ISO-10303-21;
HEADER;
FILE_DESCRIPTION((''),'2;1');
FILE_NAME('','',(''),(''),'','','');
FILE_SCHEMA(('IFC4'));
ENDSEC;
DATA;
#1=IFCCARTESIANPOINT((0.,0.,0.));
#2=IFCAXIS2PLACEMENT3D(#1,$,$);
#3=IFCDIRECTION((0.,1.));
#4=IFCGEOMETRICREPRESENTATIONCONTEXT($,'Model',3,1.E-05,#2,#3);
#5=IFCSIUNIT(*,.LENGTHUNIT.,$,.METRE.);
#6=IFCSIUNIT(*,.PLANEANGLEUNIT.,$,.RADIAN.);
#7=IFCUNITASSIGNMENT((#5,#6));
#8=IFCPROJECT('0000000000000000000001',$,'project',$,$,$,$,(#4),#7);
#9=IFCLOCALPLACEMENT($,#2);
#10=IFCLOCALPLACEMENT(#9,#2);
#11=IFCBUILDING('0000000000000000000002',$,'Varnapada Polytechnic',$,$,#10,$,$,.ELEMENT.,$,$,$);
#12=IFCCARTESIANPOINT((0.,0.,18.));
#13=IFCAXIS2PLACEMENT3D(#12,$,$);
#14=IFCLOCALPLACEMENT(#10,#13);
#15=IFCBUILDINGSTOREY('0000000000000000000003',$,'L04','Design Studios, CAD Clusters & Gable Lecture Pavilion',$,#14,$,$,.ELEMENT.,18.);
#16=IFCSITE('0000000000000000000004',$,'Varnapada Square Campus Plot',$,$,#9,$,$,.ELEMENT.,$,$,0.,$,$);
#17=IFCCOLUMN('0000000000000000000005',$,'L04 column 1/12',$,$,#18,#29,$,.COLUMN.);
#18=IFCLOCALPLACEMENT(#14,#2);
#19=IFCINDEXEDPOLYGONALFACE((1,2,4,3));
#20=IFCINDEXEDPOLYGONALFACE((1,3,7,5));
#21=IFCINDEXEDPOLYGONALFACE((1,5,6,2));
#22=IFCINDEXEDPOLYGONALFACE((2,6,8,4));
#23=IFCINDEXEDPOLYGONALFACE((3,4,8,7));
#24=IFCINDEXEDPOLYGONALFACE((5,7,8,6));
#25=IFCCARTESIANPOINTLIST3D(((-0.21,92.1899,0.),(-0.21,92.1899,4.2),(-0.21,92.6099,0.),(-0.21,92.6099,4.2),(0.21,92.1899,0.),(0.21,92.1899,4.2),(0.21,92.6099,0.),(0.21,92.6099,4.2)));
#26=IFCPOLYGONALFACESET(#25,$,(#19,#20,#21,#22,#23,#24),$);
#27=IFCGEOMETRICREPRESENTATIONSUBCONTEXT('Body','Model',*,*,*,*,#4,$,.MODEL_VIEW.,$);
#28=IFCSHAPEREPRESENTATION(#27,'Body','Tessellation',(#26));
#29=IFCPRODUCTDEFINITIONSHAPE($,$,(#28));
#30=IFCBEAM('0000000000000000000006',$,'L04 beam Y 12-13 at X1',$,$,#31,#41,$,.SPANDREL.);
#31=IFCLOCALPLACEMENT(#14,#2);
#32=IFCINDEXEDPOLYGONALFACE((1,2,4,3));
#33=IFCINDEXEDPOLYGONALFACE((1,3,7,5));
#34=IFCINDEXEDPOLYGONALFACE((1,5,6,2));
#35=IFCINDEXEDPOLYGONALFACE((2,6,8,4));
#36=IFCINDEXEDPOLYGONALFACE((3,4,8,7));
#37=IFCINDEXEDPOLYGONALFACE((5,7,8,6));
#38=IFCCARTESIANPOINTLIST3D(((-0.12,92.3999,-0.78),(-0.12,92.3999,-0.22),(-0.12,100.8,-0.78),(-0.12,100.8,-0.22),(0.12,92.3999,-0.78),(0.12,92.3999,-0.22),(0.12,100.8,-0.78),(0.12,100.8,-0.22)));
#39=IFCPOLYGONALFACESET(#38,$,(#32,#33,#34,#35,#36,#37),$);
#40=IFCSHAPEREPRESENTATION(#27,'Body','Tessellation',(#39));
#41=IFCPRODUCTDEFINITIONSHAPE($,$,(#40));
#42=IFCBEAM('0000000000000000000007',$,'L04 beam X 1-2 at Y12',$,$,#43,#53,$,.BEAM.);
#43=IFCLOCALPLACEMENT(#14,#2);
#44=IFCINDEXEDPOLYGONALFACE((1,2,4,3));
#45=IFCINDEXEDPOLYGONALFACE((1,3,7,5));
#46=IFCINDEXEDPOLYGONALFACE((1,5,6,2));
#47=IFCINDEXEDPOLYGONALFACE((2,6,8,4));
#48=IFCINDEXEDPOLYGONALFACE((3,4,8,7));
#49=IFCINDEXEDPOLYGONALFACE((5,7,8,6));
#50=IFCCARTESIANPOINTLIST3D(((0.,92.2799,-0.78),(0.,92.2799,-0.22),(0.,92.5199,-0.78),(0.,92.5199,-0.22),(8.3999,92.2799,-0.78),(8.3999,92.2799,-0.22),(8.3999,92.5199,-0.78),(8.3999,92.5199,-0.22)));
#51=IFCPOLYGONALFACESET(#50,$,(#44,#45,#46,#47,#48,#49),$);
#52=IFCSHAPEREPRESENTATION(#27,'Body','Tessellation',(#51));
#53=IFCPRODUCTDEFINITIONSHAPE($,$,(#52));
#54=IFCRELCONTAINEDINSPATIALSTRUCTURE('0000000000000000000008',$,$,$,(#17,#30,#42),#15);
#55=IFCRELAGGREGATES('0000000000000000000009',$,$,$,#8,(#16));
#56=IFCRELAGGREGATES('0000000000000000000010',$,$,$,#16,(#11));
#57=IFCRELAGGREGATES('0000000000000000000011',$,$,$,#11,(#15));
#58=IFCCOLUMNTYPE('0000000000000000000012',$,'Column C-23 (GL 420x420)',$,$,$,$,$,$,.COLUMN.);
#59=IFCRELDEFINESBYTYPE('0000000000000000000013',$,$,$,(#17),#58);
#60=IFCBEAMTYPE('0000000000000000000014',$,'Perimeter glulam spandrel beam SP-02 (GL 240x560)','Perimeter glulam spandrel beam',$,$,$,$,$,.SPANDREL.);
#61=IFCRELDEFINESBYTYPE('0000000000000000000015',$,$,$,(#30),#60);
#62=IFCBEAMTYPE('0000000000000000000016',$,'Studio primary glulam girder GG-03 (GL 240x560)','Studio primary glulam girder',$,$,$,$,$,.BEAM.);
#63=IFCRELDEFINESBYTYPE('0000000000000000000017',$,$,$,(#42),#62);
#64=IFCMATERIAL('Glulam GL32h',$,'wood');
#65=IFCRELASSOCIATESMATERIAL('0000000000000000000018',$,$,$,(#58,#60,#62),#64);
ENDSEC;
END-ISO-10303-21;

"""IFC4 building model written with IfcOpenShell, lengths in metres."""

from ifc_helpers import new_model, si_unit, direction, frame, origin, origin_2d, place, context, subcontext, project, spatial, rectangle, extrude, material, material_profile, profile_set, type_object, element, save


model = new_model("IFC4")

# Units and contexts
model_context = context("Model", 3, precision=1e-05, world=origin(), true_north=direction((0.0, 1.0)))
body_context = subcontext(model_context, "Body", "Model", "MODEL_VIEW")
ifc_project = project(units=[si_unit("LENGTHUNIT", "METRE"), si_unit("PLANEANGLEUNIT", "RADIAN")], contexts=[model_context])

# Site, building, storey
site_placement = place(None, origin())
site = spatial("IfcSite", under=ifc_project, at=site_placement, Name="Varnapada Square Campus Plot", CompositionType="ELEMENT", RefElevation=0.0)
building_placement = place(site_placement, origin())
building = spatial("IfcBuilding", under=site, at=building_placement, Name="Varnapada Polytechnic", CompositionType="ELEMENT")
storey_placement = place(building_placement, frame((0.0, 0.0, 18.0)))
storey = spatial("IfcBuildingStorey", under=building, at=storey_placement, Name="L04", Description="Design Studios, CAD Clusters & Gable Lecture Pavilion", CompositionType="ELEMENT", Elevation=18.0)

# Column
ifc_material_1 = material(Name="Glulam GL32h", Category="wood")
ifc_material_profile_1 = material_profile(ifc_material_1, rectangle(XDim=0.4199, YDim=0.4199, at=origin_2d()), Name="GL 420x420")
ifc_profile_set_1 = profile_set([ifc_material_profile_1], Name="Glulam GL32h")
column_type = type_object("IfcColumnType", Name="Column C-23 (GL 420x420)", PredefinedType="COLUMN", material=ifc_profile_set_1)
column_placement = place(storey_placement, frame((0.0, 92.3999, 0.0), z_axis=(0.0, 0.0, 1.0), x_axis=(1.0, 0.0, 0.0)))
element("IfcColumn", 1, at=column_placement, inside=storey, type_object=column_type, Name="L04 column 1/12", PredefinedType="COLUMN", context=body_context, shape_type="SweptSolid", body=[
    extrude(rectangle(XDim=0.4199, YDim=0.4199, at=origin_2d()), origin(), (0.0, 0.0, 1.0), 4.2),
])

# Beams
ifc_material_profile_2 = material_profile(ifc_material_1, rectangle(XDim=0.24, YDim=0.5601, at=origin_2d()), Name="GL 240x560")
ifc_profile_set_2 = profile_set([ifc_material_profile_2], Name="Glulam GL32h")
beam_type_1 = type_object("IfcBeamType", Name="Perimeter glulam spandrel beam SP-02 (GL 240x560)", Description="Perimeter glulam spandrel beam", PredefinedType="SPANDREL", material=ifc_profile_set_2)
beam_1_placement = place(storey_placement, frame((0.0, 92.3999, -0.5), z_axis=(0.0, 1.0, 0.0), x_axis=(-1.0, 0.0, 0.0)))
element("IfcBeam", 2, at=beam_1_placement, inside=storey, type_object=beam_type_1, Name="L04 beam Y 12-13 at X1", PredefinedType="SPANDREL", context=body_context, shape_type="SweptSolid", body=[
    extrude(rectangle(XDim=0.24, YDim=0.5601, at=origin_2d()), origin(), (0.0, 0.0, 1.0), 8.4001),
])
ifc_material_profile_3 = material_profile(ifc_material_1, rectangle(XDim=0.24, YDim=0.5601, at=origin_2d()), Name="GL 240x560")
ifc_profile_set_3 = profile_set([ifc_material_profile_3], Name="Glulam GL32h")
beam_type_2 = type_object("IfcBeamType", Name="Studio primary glulam girder GG-03 (GL 240x560)", Description="Studio primary glulam girder", PredefinedType="BEAM", material=ifc_profile_set_3)
beam_2_placement = place(storey_placement, frame((0.0, 92.3999, -0.5), z_axis=(1.0, 0.0, 0.0), x_axis=(0.0, 1.0, 0.0)))
element("IfcBeam", 3, at=beam_2_placement, inside=storey, type_object=beam_type_2, Name="L04 beam X 1-2 at Y12", PredefinedType="BEAM", context=body_context, shape_type="SweptSolid", body=[
    extrude(rectangle(XDim=0.24, YDim=0.5601, at=origin_2d()), origin(), (0.0, 0.0, 1.0), 8.3999),
])

save(model, "model.ifc")
